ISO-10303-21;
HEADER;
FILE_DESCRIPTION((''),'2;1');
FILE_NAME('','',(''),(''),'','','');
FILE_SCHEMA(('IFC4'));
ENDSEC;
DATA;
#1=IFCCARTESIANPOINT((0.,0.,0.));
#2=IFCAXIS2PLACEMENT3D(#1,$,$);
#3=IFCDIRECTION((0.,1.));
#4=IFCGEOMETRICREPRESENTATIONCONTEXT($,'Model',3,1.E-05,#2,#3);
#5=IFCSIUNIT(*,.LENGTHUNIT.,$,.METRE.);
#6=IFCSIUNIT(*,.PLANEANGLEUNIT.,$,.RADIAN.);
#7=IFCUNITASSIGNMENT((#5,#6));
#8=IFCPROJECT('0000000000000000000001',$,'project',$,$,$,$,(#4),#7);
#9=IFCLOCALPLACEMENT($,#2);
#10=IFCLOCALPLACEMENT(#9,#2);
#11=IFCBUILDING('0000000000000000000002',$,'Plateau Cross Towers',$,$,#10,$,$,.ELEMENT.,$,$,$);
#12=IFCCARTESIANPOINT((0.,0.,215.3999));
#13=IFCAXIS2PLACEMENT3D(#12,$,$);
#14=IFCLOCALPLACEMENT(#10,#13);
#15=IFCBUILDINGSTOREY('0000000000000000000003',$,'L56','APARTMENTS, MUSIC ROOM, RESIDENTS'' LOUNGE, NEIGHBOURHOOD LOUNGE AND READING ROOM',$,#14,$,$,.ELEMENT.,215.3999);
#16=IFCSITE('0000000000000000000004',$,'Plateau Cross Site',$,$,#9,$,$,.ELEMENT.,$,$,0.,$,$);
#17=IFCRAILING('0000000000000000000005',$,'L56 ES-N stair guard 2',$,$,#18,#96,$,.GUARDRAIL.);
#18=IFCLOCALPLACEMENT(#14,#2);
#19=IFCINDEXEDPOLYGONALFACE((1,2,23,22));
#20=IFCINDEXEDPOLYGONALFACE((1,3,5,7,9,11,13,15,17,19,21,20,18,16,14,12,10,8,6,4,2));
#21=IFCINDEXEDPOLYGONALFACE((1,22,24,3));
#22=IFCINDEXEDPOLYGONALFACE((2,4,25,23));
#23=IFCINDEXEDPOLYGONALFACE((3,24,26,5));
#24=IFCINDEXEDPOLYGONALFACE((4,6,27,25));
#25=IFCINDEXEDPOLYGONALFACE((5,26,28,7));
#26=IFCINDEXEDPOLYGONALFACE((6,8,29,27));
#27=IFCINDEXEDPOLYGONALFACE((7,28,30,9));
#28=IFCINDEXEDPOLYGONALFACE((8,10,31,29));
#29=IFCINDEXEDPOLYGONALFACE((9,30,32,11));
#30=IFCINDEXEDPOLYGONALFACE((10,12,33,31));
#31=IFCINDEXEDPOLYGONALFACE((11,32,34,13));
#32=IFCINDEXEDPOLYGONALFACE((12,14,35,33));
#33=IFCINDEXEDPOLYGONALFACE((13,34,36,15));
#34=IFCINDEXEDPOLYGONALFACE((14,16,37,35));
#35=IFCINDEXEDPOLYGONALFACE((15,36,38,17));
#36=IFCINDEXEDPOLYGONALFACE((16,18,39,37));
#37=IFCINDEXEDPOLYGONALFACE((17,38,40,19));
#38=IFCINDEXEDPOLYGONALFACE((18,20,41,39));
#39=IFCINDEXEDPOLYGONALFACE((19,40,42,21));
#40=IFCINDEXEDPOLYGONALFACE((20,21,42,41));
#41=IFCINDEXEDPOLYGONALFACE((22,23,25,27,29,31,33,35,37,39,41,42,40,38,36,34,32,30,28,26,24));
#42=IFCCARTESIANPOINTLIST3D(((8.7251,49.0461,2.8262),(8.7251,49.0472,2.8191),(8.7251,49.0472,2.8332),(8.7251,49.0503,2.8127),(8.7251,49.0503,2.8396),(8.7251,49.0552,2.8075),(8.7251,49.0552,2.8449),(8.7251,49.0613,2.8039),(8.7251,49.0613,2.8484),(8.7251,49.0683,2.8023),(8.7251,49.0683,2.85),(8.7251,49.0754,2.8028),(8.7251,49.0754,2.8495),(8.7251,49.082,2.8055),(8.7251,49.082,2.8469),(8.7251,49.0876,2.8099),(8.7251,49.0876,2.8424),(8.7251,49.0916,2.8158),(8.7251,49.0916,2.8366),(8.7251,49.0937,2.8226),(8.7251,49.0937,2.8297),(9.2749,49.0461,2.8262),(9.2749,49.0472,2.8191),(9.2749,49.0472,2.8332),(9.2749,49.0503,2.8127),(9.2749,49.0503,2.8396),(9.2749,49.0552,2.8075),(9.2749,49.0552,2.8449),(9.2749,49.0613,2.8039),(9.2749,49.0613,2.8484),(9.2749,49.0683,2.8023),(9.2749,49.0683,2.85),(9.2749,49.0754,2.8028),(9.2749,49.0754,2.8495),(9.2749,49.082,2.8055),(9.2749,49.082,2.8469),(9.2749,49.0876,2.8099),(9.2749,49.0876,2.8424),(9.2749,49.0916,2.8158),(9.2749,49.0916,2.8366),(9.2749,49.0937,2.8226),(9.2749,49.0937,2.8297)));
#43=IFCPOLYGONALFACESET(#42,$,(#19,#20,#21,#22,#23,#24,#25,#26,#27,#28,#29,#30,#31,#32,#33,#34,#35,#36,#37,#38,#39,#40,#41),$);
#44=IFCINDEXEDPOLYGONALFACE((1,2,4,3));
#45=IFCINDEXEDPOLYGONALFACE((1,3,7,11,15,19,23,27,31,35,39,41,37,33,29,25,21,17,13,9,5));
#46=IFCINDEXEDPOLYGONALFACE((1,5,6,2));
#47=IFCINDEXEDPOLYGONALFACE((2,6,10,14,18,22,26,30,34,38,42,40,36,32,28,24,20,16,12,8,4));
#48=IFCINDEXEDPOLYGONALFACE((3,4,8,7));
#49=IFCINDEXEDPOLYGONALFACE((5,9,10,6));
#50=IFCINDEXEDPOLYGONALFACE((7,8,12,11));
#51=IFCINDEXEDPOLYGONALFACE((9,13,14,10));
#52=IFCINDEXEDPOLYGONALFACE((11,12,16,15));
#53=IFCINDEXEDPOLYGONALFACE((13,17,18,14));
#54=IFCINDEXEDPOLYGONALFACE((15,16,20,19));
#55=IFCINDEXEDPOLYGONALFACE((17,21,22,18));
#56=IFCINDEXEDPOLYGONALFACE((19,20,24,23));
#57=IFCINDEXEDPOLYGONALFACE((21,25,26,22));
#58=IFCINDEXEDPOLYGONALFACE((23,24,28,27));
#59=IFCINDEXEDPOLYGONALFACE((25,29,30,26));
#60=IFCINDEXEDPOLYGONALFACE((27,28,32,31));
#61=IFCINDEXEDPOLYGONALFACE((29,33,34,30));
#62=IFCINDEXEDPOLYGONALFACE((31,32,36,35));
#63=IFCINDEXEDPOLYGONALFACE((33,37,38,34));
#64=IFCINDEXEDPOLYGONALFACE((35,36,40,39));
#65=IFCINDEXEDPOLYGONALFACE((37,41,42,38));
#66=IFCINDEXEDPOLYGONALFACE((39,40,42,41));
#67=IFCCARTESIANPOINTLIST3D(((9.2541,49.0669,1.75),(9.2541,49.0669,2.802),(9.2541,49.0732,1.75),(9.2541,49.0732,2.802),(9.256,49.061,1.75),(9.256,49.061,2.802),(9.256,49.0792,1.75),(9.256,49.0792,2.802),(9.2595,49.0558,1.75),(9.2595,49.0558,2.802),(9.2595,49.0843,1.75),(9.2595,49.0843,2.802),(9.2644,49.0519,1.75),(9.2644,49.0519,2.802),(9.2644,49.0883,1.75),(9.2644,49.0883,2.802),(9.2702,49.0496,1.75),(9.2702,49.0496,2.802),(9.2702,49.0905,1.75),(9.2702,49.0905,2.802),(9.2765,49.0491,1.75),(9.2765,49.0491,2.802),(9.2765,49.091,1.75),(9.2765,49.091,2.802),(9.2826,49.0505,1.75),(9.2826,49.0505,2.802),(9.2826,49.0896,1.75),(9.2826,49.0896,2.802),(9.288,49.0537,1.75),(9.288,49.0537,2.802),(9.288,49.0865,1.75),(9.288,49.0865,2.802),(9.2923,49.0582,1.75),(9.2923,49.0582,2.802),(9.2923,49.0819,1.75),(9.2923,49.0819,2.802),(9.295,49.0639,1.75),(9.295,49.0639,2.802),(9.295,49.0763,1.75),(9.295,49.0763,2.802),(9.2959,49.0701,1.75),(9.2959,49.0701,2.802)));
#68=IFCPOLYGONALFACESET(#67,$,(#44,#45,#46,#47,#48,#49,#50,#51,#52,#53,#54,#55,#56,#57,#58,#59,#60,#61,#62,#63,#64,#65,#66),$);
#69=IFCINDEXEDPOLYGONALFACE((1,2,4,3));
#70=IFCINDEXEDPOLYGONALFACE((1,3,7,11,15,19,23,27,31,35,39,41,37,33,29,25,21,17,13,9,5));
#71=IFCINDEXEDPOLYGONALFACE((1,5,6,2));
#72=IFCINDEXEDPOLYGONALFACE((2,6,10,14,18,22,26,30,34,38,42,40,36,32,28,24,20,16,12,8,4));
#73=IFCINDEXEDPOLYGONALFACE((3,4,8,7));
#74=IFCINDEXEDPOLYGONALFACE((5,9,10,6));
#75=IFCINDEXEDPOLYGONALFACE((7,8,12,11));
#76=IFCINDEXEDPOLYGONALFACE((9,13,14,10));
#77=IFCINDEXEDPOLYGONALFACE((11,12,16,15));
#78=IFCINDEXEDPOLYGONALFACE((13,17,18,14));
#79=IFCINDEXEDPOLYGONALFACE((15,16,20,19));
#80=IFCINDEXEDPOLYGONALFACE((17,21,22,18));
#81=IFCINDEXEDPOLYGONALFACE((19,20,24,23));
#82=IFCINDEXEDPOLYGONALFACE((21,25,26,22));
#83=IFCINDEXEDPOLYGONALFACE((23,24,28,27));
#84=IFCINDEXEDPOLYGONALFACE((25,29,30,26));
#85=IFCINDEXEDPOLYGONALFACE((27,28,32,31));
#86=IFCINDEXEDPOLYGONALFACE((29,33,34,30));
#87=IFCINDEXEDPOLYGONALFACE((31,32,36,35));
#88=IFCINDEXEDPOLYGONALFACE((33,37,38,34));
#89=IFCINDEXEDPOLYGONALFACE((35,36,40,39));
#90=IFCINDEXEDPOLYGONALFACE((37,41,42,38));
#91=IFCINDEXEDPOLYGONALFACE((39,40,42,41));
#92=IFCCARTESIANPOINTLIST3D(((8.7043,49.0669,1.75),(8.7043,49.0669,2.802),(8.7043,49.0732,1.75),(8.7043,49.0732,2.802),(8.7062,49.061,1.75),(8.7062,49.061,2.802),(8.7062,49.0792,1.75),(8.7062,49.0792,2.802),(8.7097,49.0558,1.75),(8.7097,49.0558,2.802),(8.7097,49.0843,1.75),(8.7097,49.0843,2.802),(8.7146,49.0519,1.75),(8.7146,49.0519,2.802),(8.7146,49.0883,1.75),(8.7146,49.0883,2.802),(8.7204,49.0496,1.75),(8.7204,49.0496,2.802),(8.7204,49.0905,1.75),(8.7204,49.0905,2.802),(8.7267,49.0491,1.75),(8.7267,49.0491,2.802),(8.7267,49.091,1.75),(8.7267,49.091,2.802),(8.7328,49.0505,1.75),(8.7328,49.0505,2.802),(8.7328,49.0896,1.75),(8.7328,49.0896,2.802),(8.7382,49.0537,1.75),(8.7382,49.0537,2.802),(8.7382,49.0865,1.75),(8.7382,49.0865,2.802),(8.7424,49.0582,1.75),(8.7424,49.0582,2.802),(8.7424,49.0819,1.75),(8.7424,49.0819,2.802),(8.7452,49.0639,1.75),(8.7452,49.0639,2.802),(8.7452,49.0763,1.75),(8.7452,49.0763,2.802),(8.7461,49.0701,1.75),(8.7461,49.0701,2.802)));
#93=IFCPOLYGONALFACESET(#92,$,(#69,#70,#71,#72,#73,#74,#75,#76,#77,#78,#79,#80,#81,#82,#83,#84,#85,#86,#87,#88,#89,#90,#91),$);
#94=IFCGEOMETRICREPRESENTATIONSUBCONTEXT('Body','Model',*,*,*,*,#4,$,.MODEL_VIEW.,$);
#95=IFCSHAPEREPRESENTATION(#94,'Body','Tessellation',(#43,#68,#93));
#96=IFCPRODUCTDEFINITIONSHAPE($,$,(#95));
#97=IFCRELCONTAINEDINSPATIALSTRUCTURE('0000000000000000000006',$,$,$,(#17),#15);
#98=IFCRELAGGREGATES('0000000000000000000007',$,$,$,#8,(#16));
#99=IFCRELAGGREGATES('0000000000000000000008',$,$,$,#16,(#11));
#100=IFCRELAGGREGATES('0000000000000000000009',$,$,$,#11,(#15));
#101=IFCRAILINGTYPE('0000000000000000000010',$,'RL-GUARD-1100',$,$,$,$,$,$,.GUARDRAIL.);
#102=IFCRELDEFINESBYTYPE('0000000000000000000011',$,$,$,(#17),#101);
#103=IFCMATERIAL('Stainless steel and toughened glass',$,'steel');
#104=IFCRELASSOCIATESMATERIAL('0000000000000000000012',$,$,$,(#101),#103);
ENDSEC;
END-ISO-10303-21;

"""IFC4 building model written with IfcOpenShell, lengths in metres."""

from ifc_helpers import new_model, si_unit, direction, frame, origin, origin_2d, place, context, subcontext, project, spatial, circle, extrude, material, type_object, element, save


model = new_model("IFC4")

# Units and contexts
model_context = context("Model", 3, precision=1e-05, world=origin(), true_north=direction((0.0, 1.0)))
body_context = subcontext(model_context, "Body", "Model", "MODEL_VIEW")
ifc_project = project(units=[si_unit("LENGTHUNIT", "METRE"), si_unit("PLANEANGLEUNIT", "RADIAN")], contexts=[model_context])

# Site, building, storey
site_placement = place(None, origin())
site = spatial("IfcSite", under=ifc_project, at=site_placement, Name="Plateau Cross Site", CompositionType="ELEMENT", RefElevation=0.0)
building_placement = place(site_placement, origin())
building = spatial("IfcBuilding", under=site, at=building_placement, Name="Plateau Cross Towers", CompositionType="ELEMENT")
storey_placement = place(building_placement, frame((0.0, 0.0, 215.3999)))
storey = spatial("IfcBuildingStorey", under=building, at=storey_placement, Name="L56", Description="APARTMENTS, MUSIC ROOM, RESIDENTS' LOUNGE, NEIGHBOURHOOD LOUNGE AND READING ROOM", CompositionType="ELEMENT", Elevation=215.3999)

# Railing
ifc_material_1 = material(Name="Stainless steel and toughened glass", Category="steel")
railing_type = type_object("IfcRailingType", Name="RL-GUARD-1100", PredefinedType="GUARDRAIL", material=ifc_material_1)
railing_placement = place(storey_placement, frame((9.2749, 49.0701, 1.75)))
element("IfcRailing", 1, at=railing_placement, inside=storey, type_object=railing_type, Name="L56 ES-N stair guard 2", PredefinedType="GUARDRAIL", context=body_context, shape_type="SweptSolid", body=[
    extrude(circle(Radius=0.0239, at=origin_2d()), frame((0.0, 0.0, 1.0762), z_axis=(-1.0, 0.0, 0.0), x_axis=(0.0, -1.0, 0.0)), (0.0, 0.0, 1.0), 0.5498),
    extrude(circle(Radius=0.021, at=origin_2d()), origin(), (0.0, 0.0, 1.0), 1.052),
    extrude(circle(Radius=0.021, at=origin_2d()), frame((-0.5498, 0.0, 0.0)), (0.0, 0.0, 1.0), 1.052),
])

save(model, "model.ifc")
